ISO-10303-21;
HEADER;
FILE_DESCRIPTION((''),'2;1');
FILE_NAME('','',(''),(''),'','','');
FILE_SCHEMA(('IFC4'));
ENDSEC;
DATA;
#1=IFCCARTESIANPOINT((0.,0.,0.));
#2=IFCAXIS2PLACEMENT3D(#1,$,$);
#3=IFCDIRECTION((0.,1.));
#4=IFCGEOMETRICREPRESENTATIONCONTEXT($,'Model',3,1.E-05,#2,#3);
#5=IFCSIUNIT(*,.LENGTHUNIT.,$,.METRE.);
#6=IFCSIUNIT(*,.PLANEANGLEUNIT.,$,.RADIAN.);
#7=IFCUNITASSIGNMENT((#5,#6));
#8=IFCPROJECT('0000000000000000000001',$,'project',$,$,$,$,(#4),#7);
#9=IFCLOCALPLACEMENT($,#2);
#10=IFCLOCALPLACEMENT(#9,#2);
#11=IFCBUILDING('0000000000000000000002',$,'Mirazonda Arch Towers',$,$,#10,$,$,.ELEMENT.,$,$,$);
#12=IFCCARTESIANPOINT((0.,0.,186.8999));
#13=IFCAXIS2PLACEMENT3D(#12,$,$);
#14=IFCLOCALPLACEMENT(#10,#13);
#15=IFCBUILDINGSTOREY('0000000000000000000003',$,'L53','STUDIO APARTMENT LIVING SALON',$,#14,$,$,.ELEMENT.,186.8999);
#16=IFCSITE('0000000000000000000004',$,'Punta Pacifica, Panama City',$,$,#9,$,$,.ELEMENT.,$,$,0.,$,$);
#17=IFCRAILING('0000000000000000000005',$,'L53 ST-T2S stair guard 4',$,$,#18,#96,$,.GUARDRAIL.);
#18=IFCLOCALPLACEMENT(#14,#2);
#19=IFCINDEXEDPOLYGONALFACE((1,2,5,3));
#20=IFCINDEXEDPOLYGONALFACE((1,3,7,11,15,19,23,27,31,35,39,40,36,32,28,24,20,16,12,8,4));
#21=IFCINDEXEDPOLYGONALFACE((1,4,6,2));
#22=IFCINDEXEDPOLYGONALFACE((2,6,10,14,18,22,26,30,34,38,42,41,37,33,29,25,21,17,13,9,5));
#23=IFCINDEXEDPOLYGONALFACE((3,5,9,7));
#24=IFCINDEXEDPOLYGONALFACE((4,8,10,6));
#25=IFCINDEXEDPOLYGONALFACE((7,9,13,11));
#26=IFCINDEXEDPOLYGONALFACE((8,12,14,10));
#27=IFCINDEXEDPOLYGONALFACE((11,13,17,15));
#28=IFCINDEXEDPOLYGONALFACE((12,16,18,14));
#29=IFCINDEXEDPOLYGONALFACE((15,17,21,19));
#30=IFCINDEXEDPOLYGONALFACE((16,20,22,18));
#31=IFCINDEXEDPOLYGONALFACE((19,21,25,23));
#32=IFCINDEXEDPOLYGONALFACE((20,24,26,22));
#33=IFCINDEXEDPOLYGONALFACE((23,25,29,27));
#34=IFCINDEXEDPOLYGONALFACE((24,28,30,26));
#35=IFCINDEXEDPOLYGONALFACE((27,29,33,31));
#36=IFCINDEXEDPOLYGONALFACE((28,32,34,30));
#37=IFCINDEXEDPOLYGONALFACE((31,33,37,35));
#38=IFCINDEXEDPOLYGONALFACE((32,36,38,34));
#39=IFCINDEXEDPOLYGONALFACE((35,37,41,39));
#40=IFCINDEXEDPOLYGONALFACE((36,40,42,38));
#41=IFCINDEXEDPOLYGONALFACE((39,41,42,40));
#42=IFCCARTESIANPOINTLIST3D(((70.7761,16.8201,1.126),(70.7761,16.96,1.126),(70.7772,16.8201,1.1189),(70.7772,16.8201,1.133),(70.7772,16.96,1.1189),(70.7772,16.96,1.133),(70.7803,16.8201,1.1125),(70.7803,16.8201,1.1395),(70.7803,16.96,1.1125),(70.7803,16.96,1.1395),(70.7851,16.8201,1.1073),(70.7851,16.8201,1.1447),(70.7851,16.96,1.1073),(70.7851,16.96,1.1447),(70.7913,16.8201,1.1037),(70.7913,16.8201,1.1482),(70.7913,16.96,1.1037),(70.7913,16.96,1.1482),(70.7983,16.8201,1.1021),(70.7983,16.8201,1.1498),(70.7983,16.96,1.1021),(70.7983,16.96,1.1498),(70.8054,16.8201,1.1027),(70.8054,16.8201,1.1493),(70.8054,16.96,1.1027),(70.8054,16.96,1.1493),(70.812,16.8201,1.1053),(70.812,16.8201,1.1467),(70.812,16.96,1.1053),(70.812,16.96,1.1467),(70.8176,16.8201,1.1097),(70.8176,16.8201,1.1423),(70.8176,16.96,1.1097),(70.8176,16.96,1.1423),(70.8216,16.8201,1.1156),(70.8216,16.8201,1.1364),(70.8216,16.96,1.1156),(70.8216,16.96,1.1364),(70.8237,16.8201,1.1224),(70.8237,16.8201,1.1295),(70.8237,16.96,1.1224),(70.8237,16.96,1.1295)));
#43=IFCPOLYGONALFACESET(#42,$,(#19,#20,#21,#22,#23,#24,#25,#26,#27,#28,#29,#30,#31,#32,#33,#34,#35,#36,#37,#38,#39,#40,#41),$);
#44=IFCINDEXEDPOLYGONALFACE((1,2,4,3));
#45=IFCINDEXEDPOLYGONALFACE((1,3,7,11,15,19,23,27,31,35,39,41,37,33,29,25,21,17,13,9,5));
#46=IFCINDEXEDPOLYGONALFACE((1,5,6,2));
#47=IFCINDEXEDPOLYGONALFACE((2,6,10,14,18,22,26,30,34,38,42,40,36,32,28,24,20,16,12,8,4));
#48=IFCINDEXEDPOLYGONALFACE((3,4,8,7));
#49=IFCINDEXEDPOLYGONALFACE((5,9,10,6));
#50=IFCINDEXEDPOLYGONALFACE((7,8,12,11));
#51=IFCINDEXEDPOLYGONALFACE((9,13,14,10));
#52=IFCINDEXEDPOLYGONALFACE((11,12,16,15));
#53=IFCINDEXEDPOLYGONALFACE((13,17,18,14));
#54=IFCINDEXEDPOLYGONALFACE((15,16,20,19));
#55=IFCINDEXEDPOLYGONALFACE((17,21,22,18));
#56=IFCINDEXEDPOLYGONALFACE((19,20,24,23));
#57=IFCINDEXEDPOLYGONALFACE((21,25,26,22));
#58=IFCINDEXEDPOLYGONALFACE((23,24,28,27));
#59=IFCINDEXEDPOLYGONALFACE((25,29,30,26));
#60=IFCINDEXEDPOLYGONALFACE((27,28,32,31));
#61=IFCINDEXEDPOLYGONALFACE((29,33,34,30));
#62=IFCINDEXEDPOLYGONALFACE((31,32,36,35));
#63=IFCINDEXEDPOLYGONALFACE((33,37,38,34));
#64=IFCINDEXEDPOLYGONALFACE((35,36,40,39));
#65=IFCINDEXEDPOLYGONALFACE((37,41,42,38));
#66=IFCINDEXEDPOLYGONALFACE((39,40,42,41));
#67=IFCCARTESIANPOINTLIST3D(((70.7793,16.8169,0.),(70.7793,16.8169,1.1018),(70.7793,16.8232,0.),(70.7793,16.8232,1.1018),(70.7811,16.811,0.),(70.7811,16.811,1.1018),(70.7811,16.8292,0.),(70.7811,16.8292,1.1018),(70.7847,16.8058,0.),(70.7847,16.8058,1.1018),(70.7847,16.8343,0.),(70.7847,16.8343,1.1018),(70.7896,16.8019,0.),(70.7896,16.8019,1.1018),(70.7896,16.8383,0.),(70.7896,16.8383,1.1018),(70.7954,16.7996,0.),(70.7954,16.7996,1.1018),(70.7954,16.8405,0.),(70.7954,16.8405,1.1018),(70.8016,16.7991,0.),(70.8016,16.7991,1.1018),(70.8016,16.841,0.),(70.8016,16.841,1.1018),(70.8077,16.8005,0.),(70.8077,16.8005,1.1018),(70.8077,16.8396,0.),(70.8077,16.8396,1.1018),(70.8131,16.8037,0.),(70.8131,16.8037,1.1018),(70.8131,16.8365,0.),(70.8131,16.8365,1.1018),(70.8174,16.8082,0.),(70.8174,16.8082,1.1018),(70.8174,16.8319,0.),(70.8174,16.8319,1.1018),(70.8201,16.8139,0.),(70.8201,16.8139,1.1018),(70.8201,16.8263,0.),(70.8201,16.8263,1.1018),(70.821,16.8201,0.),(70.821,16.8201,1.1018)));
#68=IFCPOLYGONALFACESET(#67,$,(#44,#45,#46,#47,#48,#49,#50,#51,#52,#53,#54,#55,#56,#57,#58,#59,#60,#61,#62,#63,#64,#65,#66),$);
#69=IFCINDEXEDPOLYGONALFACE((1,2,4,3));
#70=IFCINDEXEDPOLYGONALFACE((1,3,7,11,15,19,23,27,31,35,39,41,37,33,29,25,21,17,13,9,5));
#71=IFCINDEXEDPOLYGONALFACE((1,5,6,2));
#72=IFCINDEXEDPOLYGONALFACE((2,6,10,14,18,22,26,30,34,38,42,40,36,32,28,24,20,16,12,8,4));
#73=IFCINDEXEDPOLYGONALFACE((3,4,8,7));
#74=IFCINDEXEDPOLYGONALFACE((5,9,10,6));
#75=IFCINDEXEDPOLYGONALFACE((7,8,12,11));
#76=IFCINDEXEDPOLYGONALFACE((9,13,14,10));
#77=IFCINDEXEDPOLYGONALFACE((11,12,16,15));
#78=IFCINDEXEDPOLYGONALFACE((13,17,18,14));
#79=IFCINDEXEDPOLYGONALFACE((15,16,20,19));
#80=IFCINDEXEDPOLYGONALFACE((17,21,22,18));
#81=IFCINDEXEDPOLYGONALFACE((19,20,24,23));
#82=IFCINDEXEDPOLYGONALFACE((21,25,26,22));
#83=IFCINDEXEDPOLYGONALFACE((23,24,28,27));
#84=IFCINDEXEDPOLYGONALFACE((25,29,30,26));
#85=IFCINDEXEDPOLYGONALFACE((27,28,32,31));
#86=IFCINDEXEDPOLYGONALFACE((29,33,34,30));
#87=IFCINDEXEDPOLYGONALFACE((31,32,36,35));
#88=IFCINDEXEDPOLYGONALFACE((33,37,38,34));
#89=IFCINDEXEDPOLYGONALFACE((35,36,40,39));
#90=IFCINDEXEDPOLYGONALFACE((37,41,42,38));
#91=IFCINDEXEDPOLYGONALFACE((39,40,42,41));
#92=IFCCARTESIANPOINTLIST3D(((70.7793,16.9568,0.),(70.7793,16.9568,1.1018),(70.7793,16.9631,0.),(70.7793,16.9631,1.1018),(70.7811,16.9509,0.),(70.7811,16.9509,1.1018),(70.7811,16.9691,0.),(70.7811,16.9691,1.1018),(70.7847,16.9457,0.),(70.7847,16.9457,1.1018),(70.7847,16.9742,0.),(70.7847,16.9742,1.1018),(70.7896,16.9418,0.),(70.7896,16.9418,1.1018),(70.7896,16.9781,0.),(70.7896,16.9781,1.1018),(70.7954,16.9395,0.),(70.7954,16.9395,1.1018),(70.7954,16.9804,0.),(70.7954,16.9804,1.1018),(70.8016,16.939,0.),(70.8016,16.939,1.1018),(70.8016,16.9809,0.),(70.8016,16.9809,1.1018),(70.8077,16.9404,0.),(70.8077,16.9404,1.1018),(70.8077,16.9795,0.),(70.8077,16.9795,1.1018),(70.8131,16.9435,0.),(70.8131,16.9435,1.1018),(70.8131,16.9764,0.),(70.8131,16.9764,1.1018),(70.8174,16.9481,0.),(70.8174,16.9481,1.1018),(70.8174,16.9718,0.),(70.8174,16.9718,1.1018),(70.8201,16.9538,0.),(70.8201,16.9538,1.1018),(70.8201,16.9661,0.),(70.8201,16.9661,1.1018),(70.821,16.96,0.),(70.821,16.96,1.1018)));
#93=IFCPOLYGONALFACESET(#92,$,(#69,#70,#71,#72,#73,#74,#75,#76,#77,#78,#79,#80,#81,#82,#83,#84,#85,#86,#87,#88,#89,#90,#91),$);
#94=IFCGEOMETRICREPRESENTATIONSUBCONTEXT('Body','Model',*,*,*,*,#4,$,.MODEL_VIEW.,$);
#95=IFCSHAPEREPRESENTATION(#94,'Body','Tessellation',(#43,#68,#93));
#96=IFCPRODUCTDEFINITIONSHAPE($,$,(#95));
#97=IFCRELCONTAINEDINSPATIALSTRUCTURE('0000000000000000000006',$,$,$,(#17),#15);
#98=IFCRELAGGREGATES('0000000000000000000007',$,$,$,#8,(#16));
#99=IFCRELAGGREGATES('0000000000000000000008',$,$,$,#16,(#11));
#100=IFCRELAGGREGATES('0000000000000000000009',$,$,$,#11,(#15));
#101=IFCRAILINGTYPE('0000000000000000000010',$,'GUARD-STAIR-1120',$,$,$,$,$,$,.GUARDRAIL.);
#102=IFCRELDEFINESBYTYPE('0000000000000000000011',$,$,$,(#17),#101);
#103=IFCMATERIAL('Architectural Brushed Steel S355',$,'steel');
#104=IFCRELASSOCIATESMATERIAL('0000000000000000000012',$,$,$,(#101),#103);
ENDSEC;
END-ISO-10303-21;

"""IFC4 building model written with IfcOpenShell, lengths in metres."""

from ifc_helpers import new_model, si_unit, direction, frame, origin, origin_2d, place, context, subcontext, project, spatial, circle, extrude, material, type_object, element, save


model = new_model("IFC4")

# Units and contexts
model_context = context("Model", 3, precision=1e-05, world=origin(), true_north=direction((0.0, 1.0)))
body_context = subcontext(model_context, "Body", "Model", "MODEL_VIEW")
ifc_project = project(units=[si_unit("LENGTHUNIT", "METRE"), si_unit("PLANEANGLEUNIT", "RADIAN")], contexts=[model_context])

# Site, building, storey
site_placement = place(None, origin())
site = spatial("IfcSite", under=ifc_project, at=site_placement, Name="Punta Pacifica, Panama City", CompositionType="ELEMENT", RefElevation=0.0)
building_placement = place(site_placement, origin())
building = spatial("IfcBuilding", under=site, at=building_placement, Name="Mirazonda Arch Towers", CompositionType="ELEMENT")
storey_placement = place(building_placement, frame((0.0, 0.0, 186.8999)))
storey = spatial("IfcBuildingStorey", under=building, at=storey_placement, Name="L53", Description="STUDIO APARTMENT LIVING SALON", CompositionType="ELEMENT", Elevation=186.8999)

# Railing
ifc_material_1 = material(Name="Architectural Brushed Steel S355", Category="steel")
railing_type_1 = type_object("IfcRailingType", Name="GUARD-STAIR-1120", PredefinedType="GUARDRAIL", material=ifc_material_1)
railing_1_placement = place(storey_placement, frame((70.8, 16.8201, 0.0)))
element("IfcRailing", 1, at=railing_1_placement, inside=storey, type_object=railing_type_1, Name="L53 ST-T2S stair guard 4", PredefinedType="GUARDRAIL", context=body_context, shape_type="SweptSolid", body=[
    extrude(circle(Radius=0.0239, at=origin_2d()), frame((0.0, 0.0, 1.126), z_axis=(0.0, 1.0, 0.0), x_axis=(-1.0, 0.0, 0.0)), (0.0, 0.0, 1.0), 0.1399),
    extrude(circle(Radius=0.021, at=origin_2d()), origin(), (0.0, 0.0, 1.0), 1.1018),
    extrude(circle(Radius=0.021, at=origin_2d()), frame((0.0, 0.1399, 0.0)), (0.0, 0.0, 1.0), 1.1018),
])

save(model, "model.ifc")
